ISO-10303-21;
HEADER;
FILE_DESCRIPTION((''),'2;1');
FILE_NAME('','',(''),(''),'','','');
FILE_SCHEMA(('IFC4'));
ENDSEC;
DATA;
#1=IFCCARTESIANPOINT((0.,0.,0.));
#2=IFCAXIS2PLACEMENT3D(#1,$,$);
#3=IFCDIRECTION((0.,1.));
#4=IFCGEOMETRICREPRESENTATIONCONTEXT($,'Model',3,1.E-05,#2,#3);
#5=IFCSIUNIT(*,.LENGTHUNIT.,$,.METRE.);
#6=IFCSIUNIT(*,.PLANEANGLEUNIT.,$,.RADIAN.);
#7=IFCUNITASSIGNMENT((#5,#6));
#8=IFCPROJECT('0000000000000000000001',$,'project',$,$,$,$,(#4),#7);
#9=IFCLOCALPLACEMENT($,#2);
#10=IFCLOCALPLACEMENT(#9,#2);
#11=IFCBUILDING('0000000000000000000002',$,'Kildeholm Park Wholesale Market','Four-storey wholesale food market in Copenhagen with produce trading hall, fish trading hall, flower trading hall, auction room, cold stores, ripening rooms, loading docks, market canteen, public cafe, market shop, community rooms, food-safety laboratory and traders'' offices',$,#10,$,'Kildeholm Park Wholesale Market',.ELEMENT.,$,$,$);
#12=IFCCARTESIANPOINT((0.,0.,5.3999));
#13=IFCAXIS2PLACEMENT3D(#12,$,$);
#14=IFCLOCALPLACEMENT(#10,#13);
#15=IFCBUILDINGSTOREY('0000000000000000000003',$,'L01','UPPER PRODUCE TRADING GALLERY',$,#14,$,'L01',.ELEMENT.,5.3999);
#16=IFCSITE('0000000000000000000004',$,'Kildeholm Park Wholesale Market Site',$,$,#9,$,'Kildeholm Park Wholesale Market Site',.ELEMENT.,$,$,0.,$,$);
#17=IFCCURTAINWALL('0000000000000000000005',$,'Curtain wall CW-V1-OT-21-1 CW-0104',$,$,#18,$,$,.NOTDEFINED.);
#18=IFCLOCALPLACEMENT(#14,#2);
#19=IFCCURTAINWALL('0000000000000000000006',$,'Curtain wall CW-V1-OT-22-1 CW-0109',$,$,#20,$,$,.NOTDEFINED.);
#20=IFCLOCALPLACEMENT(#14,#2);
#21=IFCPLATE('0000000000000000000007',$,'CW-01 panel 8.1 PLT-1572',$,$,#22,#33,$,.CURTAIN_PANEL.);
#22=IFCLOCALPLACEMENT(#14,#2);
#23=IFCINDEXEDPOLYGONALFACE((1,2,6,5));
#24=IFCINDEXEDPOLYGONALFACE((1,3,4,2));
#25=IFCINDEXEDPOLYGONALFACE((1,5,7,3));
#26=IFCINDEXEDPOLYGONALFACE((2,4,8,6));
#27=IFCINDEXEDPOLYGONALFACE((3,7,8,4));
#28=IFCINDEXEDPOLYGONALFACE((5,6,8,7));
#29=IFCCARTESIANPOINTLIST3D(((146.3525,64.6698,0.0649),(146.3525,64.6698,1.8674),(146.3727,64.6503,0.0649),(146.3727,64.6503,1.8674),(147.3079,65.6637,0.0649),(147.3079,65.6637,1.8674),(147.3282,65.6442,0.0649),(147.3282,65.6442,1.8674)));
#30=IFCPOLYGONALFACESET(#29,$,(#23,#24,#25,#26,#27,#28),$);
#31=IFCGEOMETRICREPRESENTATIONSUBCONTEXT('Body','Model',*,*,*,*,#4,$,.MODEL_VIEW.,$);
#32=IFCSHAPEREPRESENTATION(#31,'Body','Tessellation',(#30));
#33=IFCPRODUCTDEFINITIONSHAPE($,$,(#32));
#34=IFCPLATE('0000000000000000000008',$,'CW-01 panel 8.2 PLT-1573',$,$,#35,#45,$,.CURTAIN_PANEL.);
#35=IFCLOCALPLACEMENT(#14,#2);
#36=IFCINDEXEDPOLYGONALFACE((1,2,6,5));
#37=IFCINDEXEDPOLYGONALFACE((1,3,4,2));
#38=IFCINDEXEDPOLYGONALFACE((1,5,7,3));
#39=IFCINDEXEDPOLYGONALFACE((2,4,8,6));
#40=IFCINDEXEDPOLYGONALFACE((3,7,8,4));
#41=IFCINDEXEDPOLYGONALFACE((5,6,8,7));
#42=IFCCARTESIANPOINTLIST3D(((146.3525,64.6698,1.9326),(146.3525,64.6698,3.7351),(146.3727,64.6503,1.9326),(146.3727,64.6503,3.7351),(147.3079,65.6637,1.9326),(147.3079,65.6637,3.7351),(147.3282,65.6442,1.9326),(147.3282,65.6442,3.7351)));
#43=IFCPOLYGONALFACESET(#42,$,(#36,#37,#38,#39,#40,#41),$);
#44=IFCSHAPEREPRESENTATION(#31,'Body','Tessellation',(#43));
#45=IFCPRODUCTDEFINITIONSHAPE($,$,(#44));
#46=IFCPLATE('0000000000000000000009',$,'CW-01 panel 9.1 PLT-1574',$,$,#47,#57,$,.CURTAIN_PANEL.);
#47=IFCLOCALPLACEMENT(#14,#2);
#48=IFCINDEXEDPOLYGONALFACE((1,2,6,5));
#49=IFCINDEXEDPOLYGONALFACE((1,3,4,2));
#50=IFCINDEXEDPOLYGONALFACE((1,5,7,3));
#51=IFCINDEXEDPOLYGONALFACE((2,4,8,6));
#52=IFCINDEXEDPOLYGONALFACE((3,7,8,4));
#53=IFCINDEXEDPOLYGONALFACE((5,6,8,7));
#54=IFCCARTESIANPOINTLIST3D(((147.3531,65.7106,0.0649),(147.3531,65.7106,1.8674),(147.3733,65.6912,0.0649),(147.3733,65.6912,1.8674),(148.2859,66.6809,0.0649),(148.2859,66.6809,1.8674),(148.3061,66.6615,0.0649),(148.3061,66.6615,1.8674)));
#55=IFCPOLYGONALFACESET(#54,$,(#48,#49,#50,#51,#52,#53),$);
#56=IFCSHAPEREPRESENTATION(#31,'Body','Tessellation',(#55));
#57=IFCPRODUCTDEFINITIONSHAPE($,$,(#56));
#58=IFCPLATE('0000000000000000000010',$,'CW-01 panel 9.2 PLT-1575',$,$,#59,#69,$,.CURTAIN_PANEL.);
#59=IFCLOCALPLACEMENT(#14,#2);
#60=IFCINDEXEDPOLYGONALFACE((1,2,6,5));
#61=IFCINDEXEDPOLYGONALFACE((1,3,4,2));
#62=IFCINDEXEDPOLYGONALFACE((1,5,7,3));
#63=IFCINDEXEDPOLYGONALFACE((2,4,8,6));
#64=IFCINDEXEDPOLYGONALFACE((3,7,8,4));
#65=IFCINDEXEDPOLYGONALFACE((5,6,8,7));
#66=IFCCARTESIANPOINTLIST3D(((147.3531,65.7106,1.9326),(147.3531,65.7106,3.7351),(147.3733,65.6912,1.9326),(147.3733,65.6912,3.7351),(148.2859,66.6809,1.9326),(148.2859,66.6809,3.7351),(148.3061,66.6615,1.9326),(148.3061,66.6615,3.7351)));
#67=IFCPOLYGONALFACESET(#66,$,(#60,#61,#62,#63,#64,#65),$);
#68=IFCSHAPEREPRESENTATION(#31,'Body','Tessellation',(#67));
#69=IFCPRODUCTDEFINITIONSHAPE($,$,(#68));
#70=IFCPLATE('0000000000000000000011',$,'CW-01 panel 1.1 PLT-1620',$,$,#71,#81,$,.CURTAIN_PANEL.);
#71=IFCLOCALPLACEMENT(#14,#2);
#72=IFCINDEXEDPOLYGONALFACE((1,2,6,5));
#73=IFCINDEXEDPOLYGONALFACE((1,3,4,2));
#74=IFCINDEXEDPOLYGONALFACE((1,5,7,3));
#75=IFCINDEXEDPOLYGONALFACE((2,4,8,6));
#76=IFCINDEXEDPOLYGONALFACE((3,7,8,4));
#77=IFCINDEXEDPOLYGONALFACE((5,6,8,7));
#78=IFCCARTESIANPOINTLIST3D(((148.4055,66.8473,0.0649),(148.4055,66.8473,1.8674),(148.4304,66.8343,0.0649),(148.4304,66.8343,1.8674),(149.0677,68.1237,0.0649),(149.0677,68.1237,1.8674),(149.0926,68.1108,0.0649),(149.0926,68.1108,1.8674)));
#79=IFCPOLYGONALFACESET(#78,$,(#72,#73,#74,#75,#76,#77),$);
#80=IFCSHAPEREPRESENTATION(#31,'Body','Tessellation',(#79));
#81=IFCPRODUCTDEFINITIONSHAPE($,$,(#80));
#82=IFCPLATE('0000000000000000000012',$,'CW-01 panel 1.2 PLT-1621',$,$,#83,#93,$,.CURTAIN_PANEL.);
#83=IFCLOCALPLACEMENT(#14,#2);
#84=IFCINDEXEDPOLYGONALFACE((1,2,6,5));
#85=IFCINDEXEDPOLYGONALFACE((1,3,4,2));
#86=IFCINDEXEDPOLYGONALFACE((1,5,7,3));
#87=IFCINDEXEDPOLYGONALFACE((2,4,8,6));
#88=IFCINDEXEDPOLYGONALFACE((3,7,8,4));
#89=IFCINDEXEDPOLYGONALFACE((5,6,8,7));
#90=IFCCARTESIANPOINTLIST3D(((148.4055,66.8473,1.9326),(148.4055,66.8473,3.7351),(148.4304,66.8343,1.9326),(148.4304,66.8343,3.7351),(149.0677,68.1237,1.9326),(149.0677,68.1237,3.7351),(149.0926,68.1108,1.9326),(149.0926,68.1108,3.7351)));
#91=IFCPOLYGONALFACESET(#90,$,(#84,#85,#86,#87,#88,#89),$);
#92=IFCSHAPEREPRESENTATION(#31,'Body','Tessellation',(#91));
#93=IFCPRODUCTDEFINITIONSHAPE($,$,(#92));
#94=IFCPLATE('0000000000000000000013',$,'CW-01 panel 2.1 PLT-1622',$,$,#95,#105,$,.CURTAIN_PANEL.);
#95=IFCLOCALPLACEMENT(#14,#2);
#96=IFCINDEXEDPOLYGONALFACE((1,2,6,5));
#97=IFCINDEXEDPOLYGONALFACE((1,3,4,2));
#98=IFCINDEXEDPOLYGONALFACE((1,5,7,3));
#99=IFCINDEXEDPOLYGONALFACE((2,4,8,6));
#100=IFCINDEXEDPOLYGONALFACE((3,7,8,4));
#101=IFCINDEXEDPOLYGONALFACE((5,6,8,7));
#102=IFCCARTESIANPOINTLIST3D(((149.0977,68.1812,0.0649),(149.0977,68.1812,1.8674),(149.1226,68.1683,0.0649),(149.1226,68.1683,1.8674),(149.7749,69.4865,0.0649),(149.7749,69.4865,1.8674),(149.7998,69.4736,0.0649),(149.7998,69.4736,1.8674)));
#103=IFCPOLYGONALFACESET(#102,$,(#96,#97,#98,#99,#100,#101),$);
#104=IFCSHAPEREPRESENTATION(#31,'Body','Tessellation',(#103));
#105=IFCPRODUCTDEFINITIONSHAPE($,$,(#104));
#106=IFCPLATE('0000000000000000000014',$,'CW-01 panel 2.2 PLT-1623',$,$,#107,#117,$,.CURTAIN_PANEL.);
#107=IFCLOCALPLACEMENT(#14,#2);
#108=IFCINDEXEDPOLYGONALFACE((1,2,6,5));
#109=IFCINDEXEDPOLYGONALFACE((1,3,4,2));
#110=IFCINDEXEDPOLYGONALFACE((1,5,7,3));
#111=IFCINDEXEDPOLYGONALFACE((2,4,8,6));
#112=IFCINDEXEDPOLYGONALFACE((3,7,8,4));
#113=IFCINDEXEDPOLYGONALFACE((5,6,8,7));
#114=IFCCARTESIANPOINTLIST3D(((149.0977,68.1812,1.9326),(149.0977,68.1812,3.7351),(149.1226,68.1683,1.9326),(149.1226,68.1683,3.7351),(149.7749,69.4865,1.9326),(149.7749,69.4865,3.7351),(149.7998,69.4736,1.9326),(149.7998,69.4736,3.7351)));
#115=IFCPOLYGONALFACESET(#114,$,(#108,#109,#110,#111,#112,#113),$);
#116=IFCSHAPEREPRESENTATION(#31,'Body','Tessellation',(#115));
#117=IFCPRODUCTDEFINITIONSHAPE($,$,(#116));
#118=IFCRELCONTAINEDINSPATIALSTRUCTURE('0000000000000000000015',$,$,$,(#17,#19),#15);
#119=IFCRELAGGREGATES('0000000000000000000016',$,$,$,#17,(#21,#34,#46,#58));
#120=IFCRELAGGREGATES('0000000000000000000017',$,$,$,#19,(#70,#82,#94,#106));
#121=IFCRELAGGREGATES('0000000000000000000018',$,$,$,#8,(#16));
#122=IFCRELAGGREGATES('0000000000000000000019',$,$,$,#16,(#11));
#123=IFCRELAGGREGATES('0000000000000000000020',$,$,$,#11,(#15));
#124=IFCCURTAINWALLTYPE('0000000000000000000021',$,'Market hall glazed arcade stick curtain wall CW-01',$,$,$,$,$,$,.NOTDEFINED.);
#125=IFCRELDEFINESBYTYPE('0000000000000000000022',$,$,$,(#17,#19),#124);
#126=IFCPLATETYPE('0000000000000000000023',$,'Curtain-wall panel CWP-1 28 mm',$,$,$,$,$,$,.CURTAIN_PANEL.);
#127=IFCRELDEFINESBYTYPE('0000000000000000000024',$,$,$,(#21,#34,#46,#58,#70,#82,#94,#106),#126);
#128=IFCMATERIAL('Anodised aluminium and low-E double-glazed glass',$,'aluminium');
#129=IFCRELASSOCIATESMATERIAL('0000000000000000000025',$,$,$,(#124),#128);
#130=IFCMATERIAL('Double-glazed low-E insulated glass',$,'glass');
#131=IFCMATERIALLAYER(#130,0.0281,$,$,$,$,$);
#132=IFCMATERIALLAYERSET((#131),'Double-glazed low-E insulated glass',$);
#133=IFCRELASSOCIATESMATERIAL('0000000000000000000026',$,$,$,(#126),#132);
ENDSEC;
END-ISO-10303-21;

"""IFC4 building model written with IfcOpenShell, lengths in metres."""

from ifc_helpers import new_model, si_unit, direction, frame, origin, origin_2d, place, context, subcontext, project, spatial, rectangle, extrude, material, layer, layer_set, type_object, element, aggregate, save


model = new_model("IFC4")

# Units and contexts
model_context = context("Model", 3, precision=1e-05, world=origin(), true_north=direction((0.0, 1.0)))
body_context = subcontext(model_context, "Body", "Model", "MODEL_VIEW")
ifc_project = project(units=[si_unit("LENGTHUNIT", "METRE"), si_unit("PLANEANGLEUNIT", "RADIAN")], contexts=[model_context])

# Site, building, storey
site_placement = place(None, origin())
site = spatial("IfcSite", under=ifc_project, at=site_placement, Name="Kildeholm Park Wholesale Market Site", LongName="Kildeholm Park Wholesale Market Site", CompositionType="ELEMENT", RefElevation=0.0)
building_placement = place(site_placement, origin())
building = spatial("IfcBuilding", under=site, at=building_placement, Name="Kildeholm Park Wholesale Market", Description="Four-storey wholesale food market in Copenhagen with produce trading hall, fish trading hall, flower trading hall, auction room, cold stores, ripening rooms, loading docks, market canteen, public cafe, market shop, community rooms, food-safety laboratory and traders' offices", LongName="Kildeholm Park Wholesale Market", CompositionType="ELEMENT")
storey_placement = place(building_placement, frame((0.0, 0.0, 5.3999)))
storey = spatial("IfcBuildingStorey", under=building, at=storey_placement, Name="L01", Description="UPPER PRODUCE TRADING GALLERY", LongName="L01", CompositionType="ELEMENT", Elevation=5.3999)

# Curtain walls
ifc_material_1 = material(Name="Anodised aluminium and low-E double-glazed glass", Category="aluminium")
curtain_wall_type = type_object("IfcCurtainWallType", Name="Market hall glazed arcade stick curtain wall CW-01", PredefinedType="NOTDEFINED", material=ifc_material_1)
curtain_wall_1_placement = place(storey_placement, origin())
curtain_wall_1 = element("IfcCurtainWall", 1, at=curtain_wall_1_placement, inside=storey, type_object=curtain_wall_type, Name="Curtain wall CW-V1-OT-21-1 CW-0104", PredefinedType="NOTDEFINED")
curtain_wall_2_placement = place(storey_placement, origin())
curtain_wall_2 = element("IfcCurtainWall", 2, at=curtain_wall_2_placement, inside=storey, type_object=curtain_wall_type, Name="Curtain wall CW-V1-OT-22-1 CW-0109", PredefinedType="NOTDEFINED")

# Plates
ifc_material_2 = material(Name="Double-glazed low-E insulated glass", Category="glass")
ifc_layer = layer(ifc_material_2, 0.0281)
ifc_layer_set = layer_set([ifc_layer], Name="Double-glazed low-E insulated glass")
plate_type = type_object("IfcPlateType", Name="Curtain-wall panel CWP-1 28 mm", PredefinedType="CURTAIN_PANEL", material=ifc_layer_set)
plate_1_placement = place(storey_placement, frame((146.8403, 65.157, 0.0649), z_axis=(0.0, 0.0, 1.0), x_axis=(0.693038, 0.720901, 0.0)))
plate_1 = element("IfcPlate", 3, at=plate_1_placement, type_object=plate_type, Name="CW-01 panel 8.1 PLT-1572", PredefinedType="CURTAIN_PANEL", context=body_context, shape_type="SweptSolid", body=[
    extrude(rectangle(XDim=1.3787, YDim=0.0281, at=origin_2d()), origin(), (0.0, 0.0, 1.0), 1.8025),
])
plate_2_placement = place(storey_placement, frame((146.8403, 65.157, 1.9326), z_axis=(0.0, 0.0, 1.0), x_axis=(0.693038, 0.720901, 0.0)))
plate_2 = element("IfcPlate", 4, at=plate_2_placement, type_object=plate_type, Name="CW-01 panel 8.2 PLT-1573", PredefinedType="CURTAIN_PANEL", context=body_context, shape_type="SweptSolid", body=[
    extrude(rectangle(XDim=1.3787, YDim=0.0281, at=origin_2d()), origin(), (0.0, 0.0, 1.0), 1.8025),
])
plate_3_placement = place(storey_placement, frame((147.8296, 66.186, 0.0649), z_axis=(0.0, 0.0, 1.0), x_axis=(0.693038, 0.720901, 0.0)))
plate_3 = element("IfcPlate", 5, at=plate_3_placement, type_object=plate_type, Name="CW-01 panel 9.1 PLT-1574", PredefinedType="CURTAIN_PANEL", context=body_context, shape_type="SweptSolid", body=[
    extrude(rectangle(XDim=1.3459, YDim=0.0281, at=origin_2d()), origin(), (0.0, 0.0, 1.0), 1.8025),
])
plate_4_placement = place(storey_placement, frame((147.8296, 66.186, 1.9326), z_axis=(0.0, 0.0, 1.0), x_axis=(0.693038, 0.720901, 0.0)))
plate_4 = element("IfcPlate", 6, at=plate_4_placement, type_object=plate_type, Name="CW-01 panel 9.2 PLT-1575", PredefinedType="CURTAIN_PANEL", context=body_context, shape_type="SweptSolid", body=[
    extrude(rectangle(XDim=1.3459, YDim=0.0281, at=origin_2d()), origin(), (0.0, 0.0, 1.0), 1.8025),
])
aggregate(curtain_wall_1, [plate_1, plate_2, plate_3, plate_4])
plate_5_placement = place(storey_placement, frame((148.749, 67.479, 0.0649), z_axis=(0.0, 0.0, 1.0), x_axis=(0.460514, 0.887652, 0.0)))
plate_5 = element("IfcPlate", 7, at=plate_5_placement, type_object=plate_type, Name="CW-01 panel 1.1 PLT-1620", PredefinedType="CURTAIN_PANEL", context=body_context, shape_type="SweptSolid", body=[
    extrude(rectangle(XDim=1.438, YDim=0.0281, at=origin_2d()), origin(), (0.0, 0.0, 1.0), 1.8025),
])
plate_6_placement = place(storey_placement, frame((148.749, 67.479, 1.9326), z_axis=(0.0, 0.0, 1.0), x_axis=(0.460514, 0.887652, 0.0)))
plate_6 = element("IfcPlate", 8, at=plate_6_placement, type_object=plate_type, Name="CW-01 panel 1.2 PLT-1621", PredefinedType="CURTAIN_PANEL", context=body_context, shape_type="SweptSolid", body=[
    extrude(rectangle(XDim=1.438, YDim=0.0281, at=origin_2d()), origin(), (0.0, 0.0, 1.0), 1.8025),
])
plate_7_placement = place(storey_placement, frame((149.4487, 68.8274, 0.0649), z_axis=(0.0, 0.0, 1.0), x_axis=(0.460514, 0.887652, 0.0)))
plate_7 = element("IfcPlate", 9, at=plate_7_placement, type_object=plate_type, Name="CW-01 panel 2.1 PLT-1622", PredefinedType="CURTAIN_PANEL", context=body_context, shape_type="SweptSolid", body=[
    extrude(rectangle(XDim=1.4705, YDim=0.0281, at=origin_2d()), origin(), (0.0, 0.0, 1.0), 1.8025),
])
plate_8_placement = place(storey_placement, frame((149.4487, 68.8274, 1.9326), z_axis=(0.0, 0.0, 1.0), x_axis=(0.460514, 0.887652, 0.0)))
plate_8 = element("IfcPlate", 10, at=plate_8_placement, type_object=plate_type, Name="CW-01 panel 2.2 PLT-1623", PredefinedType="CURTAIN_PANEL", context=body_context, shape_type="SweptSolid", body=[
    extrude(rectangle(XDim=1.4705, YDim=0.0281, at=origin_2d()), origin(), (0.0, 0.0, 1.0), 1.8025),
])
aggregate(curtain_wall_2, [plate_5, plate_6, plate_7, plate_8])

save(model, "model.ifc")
